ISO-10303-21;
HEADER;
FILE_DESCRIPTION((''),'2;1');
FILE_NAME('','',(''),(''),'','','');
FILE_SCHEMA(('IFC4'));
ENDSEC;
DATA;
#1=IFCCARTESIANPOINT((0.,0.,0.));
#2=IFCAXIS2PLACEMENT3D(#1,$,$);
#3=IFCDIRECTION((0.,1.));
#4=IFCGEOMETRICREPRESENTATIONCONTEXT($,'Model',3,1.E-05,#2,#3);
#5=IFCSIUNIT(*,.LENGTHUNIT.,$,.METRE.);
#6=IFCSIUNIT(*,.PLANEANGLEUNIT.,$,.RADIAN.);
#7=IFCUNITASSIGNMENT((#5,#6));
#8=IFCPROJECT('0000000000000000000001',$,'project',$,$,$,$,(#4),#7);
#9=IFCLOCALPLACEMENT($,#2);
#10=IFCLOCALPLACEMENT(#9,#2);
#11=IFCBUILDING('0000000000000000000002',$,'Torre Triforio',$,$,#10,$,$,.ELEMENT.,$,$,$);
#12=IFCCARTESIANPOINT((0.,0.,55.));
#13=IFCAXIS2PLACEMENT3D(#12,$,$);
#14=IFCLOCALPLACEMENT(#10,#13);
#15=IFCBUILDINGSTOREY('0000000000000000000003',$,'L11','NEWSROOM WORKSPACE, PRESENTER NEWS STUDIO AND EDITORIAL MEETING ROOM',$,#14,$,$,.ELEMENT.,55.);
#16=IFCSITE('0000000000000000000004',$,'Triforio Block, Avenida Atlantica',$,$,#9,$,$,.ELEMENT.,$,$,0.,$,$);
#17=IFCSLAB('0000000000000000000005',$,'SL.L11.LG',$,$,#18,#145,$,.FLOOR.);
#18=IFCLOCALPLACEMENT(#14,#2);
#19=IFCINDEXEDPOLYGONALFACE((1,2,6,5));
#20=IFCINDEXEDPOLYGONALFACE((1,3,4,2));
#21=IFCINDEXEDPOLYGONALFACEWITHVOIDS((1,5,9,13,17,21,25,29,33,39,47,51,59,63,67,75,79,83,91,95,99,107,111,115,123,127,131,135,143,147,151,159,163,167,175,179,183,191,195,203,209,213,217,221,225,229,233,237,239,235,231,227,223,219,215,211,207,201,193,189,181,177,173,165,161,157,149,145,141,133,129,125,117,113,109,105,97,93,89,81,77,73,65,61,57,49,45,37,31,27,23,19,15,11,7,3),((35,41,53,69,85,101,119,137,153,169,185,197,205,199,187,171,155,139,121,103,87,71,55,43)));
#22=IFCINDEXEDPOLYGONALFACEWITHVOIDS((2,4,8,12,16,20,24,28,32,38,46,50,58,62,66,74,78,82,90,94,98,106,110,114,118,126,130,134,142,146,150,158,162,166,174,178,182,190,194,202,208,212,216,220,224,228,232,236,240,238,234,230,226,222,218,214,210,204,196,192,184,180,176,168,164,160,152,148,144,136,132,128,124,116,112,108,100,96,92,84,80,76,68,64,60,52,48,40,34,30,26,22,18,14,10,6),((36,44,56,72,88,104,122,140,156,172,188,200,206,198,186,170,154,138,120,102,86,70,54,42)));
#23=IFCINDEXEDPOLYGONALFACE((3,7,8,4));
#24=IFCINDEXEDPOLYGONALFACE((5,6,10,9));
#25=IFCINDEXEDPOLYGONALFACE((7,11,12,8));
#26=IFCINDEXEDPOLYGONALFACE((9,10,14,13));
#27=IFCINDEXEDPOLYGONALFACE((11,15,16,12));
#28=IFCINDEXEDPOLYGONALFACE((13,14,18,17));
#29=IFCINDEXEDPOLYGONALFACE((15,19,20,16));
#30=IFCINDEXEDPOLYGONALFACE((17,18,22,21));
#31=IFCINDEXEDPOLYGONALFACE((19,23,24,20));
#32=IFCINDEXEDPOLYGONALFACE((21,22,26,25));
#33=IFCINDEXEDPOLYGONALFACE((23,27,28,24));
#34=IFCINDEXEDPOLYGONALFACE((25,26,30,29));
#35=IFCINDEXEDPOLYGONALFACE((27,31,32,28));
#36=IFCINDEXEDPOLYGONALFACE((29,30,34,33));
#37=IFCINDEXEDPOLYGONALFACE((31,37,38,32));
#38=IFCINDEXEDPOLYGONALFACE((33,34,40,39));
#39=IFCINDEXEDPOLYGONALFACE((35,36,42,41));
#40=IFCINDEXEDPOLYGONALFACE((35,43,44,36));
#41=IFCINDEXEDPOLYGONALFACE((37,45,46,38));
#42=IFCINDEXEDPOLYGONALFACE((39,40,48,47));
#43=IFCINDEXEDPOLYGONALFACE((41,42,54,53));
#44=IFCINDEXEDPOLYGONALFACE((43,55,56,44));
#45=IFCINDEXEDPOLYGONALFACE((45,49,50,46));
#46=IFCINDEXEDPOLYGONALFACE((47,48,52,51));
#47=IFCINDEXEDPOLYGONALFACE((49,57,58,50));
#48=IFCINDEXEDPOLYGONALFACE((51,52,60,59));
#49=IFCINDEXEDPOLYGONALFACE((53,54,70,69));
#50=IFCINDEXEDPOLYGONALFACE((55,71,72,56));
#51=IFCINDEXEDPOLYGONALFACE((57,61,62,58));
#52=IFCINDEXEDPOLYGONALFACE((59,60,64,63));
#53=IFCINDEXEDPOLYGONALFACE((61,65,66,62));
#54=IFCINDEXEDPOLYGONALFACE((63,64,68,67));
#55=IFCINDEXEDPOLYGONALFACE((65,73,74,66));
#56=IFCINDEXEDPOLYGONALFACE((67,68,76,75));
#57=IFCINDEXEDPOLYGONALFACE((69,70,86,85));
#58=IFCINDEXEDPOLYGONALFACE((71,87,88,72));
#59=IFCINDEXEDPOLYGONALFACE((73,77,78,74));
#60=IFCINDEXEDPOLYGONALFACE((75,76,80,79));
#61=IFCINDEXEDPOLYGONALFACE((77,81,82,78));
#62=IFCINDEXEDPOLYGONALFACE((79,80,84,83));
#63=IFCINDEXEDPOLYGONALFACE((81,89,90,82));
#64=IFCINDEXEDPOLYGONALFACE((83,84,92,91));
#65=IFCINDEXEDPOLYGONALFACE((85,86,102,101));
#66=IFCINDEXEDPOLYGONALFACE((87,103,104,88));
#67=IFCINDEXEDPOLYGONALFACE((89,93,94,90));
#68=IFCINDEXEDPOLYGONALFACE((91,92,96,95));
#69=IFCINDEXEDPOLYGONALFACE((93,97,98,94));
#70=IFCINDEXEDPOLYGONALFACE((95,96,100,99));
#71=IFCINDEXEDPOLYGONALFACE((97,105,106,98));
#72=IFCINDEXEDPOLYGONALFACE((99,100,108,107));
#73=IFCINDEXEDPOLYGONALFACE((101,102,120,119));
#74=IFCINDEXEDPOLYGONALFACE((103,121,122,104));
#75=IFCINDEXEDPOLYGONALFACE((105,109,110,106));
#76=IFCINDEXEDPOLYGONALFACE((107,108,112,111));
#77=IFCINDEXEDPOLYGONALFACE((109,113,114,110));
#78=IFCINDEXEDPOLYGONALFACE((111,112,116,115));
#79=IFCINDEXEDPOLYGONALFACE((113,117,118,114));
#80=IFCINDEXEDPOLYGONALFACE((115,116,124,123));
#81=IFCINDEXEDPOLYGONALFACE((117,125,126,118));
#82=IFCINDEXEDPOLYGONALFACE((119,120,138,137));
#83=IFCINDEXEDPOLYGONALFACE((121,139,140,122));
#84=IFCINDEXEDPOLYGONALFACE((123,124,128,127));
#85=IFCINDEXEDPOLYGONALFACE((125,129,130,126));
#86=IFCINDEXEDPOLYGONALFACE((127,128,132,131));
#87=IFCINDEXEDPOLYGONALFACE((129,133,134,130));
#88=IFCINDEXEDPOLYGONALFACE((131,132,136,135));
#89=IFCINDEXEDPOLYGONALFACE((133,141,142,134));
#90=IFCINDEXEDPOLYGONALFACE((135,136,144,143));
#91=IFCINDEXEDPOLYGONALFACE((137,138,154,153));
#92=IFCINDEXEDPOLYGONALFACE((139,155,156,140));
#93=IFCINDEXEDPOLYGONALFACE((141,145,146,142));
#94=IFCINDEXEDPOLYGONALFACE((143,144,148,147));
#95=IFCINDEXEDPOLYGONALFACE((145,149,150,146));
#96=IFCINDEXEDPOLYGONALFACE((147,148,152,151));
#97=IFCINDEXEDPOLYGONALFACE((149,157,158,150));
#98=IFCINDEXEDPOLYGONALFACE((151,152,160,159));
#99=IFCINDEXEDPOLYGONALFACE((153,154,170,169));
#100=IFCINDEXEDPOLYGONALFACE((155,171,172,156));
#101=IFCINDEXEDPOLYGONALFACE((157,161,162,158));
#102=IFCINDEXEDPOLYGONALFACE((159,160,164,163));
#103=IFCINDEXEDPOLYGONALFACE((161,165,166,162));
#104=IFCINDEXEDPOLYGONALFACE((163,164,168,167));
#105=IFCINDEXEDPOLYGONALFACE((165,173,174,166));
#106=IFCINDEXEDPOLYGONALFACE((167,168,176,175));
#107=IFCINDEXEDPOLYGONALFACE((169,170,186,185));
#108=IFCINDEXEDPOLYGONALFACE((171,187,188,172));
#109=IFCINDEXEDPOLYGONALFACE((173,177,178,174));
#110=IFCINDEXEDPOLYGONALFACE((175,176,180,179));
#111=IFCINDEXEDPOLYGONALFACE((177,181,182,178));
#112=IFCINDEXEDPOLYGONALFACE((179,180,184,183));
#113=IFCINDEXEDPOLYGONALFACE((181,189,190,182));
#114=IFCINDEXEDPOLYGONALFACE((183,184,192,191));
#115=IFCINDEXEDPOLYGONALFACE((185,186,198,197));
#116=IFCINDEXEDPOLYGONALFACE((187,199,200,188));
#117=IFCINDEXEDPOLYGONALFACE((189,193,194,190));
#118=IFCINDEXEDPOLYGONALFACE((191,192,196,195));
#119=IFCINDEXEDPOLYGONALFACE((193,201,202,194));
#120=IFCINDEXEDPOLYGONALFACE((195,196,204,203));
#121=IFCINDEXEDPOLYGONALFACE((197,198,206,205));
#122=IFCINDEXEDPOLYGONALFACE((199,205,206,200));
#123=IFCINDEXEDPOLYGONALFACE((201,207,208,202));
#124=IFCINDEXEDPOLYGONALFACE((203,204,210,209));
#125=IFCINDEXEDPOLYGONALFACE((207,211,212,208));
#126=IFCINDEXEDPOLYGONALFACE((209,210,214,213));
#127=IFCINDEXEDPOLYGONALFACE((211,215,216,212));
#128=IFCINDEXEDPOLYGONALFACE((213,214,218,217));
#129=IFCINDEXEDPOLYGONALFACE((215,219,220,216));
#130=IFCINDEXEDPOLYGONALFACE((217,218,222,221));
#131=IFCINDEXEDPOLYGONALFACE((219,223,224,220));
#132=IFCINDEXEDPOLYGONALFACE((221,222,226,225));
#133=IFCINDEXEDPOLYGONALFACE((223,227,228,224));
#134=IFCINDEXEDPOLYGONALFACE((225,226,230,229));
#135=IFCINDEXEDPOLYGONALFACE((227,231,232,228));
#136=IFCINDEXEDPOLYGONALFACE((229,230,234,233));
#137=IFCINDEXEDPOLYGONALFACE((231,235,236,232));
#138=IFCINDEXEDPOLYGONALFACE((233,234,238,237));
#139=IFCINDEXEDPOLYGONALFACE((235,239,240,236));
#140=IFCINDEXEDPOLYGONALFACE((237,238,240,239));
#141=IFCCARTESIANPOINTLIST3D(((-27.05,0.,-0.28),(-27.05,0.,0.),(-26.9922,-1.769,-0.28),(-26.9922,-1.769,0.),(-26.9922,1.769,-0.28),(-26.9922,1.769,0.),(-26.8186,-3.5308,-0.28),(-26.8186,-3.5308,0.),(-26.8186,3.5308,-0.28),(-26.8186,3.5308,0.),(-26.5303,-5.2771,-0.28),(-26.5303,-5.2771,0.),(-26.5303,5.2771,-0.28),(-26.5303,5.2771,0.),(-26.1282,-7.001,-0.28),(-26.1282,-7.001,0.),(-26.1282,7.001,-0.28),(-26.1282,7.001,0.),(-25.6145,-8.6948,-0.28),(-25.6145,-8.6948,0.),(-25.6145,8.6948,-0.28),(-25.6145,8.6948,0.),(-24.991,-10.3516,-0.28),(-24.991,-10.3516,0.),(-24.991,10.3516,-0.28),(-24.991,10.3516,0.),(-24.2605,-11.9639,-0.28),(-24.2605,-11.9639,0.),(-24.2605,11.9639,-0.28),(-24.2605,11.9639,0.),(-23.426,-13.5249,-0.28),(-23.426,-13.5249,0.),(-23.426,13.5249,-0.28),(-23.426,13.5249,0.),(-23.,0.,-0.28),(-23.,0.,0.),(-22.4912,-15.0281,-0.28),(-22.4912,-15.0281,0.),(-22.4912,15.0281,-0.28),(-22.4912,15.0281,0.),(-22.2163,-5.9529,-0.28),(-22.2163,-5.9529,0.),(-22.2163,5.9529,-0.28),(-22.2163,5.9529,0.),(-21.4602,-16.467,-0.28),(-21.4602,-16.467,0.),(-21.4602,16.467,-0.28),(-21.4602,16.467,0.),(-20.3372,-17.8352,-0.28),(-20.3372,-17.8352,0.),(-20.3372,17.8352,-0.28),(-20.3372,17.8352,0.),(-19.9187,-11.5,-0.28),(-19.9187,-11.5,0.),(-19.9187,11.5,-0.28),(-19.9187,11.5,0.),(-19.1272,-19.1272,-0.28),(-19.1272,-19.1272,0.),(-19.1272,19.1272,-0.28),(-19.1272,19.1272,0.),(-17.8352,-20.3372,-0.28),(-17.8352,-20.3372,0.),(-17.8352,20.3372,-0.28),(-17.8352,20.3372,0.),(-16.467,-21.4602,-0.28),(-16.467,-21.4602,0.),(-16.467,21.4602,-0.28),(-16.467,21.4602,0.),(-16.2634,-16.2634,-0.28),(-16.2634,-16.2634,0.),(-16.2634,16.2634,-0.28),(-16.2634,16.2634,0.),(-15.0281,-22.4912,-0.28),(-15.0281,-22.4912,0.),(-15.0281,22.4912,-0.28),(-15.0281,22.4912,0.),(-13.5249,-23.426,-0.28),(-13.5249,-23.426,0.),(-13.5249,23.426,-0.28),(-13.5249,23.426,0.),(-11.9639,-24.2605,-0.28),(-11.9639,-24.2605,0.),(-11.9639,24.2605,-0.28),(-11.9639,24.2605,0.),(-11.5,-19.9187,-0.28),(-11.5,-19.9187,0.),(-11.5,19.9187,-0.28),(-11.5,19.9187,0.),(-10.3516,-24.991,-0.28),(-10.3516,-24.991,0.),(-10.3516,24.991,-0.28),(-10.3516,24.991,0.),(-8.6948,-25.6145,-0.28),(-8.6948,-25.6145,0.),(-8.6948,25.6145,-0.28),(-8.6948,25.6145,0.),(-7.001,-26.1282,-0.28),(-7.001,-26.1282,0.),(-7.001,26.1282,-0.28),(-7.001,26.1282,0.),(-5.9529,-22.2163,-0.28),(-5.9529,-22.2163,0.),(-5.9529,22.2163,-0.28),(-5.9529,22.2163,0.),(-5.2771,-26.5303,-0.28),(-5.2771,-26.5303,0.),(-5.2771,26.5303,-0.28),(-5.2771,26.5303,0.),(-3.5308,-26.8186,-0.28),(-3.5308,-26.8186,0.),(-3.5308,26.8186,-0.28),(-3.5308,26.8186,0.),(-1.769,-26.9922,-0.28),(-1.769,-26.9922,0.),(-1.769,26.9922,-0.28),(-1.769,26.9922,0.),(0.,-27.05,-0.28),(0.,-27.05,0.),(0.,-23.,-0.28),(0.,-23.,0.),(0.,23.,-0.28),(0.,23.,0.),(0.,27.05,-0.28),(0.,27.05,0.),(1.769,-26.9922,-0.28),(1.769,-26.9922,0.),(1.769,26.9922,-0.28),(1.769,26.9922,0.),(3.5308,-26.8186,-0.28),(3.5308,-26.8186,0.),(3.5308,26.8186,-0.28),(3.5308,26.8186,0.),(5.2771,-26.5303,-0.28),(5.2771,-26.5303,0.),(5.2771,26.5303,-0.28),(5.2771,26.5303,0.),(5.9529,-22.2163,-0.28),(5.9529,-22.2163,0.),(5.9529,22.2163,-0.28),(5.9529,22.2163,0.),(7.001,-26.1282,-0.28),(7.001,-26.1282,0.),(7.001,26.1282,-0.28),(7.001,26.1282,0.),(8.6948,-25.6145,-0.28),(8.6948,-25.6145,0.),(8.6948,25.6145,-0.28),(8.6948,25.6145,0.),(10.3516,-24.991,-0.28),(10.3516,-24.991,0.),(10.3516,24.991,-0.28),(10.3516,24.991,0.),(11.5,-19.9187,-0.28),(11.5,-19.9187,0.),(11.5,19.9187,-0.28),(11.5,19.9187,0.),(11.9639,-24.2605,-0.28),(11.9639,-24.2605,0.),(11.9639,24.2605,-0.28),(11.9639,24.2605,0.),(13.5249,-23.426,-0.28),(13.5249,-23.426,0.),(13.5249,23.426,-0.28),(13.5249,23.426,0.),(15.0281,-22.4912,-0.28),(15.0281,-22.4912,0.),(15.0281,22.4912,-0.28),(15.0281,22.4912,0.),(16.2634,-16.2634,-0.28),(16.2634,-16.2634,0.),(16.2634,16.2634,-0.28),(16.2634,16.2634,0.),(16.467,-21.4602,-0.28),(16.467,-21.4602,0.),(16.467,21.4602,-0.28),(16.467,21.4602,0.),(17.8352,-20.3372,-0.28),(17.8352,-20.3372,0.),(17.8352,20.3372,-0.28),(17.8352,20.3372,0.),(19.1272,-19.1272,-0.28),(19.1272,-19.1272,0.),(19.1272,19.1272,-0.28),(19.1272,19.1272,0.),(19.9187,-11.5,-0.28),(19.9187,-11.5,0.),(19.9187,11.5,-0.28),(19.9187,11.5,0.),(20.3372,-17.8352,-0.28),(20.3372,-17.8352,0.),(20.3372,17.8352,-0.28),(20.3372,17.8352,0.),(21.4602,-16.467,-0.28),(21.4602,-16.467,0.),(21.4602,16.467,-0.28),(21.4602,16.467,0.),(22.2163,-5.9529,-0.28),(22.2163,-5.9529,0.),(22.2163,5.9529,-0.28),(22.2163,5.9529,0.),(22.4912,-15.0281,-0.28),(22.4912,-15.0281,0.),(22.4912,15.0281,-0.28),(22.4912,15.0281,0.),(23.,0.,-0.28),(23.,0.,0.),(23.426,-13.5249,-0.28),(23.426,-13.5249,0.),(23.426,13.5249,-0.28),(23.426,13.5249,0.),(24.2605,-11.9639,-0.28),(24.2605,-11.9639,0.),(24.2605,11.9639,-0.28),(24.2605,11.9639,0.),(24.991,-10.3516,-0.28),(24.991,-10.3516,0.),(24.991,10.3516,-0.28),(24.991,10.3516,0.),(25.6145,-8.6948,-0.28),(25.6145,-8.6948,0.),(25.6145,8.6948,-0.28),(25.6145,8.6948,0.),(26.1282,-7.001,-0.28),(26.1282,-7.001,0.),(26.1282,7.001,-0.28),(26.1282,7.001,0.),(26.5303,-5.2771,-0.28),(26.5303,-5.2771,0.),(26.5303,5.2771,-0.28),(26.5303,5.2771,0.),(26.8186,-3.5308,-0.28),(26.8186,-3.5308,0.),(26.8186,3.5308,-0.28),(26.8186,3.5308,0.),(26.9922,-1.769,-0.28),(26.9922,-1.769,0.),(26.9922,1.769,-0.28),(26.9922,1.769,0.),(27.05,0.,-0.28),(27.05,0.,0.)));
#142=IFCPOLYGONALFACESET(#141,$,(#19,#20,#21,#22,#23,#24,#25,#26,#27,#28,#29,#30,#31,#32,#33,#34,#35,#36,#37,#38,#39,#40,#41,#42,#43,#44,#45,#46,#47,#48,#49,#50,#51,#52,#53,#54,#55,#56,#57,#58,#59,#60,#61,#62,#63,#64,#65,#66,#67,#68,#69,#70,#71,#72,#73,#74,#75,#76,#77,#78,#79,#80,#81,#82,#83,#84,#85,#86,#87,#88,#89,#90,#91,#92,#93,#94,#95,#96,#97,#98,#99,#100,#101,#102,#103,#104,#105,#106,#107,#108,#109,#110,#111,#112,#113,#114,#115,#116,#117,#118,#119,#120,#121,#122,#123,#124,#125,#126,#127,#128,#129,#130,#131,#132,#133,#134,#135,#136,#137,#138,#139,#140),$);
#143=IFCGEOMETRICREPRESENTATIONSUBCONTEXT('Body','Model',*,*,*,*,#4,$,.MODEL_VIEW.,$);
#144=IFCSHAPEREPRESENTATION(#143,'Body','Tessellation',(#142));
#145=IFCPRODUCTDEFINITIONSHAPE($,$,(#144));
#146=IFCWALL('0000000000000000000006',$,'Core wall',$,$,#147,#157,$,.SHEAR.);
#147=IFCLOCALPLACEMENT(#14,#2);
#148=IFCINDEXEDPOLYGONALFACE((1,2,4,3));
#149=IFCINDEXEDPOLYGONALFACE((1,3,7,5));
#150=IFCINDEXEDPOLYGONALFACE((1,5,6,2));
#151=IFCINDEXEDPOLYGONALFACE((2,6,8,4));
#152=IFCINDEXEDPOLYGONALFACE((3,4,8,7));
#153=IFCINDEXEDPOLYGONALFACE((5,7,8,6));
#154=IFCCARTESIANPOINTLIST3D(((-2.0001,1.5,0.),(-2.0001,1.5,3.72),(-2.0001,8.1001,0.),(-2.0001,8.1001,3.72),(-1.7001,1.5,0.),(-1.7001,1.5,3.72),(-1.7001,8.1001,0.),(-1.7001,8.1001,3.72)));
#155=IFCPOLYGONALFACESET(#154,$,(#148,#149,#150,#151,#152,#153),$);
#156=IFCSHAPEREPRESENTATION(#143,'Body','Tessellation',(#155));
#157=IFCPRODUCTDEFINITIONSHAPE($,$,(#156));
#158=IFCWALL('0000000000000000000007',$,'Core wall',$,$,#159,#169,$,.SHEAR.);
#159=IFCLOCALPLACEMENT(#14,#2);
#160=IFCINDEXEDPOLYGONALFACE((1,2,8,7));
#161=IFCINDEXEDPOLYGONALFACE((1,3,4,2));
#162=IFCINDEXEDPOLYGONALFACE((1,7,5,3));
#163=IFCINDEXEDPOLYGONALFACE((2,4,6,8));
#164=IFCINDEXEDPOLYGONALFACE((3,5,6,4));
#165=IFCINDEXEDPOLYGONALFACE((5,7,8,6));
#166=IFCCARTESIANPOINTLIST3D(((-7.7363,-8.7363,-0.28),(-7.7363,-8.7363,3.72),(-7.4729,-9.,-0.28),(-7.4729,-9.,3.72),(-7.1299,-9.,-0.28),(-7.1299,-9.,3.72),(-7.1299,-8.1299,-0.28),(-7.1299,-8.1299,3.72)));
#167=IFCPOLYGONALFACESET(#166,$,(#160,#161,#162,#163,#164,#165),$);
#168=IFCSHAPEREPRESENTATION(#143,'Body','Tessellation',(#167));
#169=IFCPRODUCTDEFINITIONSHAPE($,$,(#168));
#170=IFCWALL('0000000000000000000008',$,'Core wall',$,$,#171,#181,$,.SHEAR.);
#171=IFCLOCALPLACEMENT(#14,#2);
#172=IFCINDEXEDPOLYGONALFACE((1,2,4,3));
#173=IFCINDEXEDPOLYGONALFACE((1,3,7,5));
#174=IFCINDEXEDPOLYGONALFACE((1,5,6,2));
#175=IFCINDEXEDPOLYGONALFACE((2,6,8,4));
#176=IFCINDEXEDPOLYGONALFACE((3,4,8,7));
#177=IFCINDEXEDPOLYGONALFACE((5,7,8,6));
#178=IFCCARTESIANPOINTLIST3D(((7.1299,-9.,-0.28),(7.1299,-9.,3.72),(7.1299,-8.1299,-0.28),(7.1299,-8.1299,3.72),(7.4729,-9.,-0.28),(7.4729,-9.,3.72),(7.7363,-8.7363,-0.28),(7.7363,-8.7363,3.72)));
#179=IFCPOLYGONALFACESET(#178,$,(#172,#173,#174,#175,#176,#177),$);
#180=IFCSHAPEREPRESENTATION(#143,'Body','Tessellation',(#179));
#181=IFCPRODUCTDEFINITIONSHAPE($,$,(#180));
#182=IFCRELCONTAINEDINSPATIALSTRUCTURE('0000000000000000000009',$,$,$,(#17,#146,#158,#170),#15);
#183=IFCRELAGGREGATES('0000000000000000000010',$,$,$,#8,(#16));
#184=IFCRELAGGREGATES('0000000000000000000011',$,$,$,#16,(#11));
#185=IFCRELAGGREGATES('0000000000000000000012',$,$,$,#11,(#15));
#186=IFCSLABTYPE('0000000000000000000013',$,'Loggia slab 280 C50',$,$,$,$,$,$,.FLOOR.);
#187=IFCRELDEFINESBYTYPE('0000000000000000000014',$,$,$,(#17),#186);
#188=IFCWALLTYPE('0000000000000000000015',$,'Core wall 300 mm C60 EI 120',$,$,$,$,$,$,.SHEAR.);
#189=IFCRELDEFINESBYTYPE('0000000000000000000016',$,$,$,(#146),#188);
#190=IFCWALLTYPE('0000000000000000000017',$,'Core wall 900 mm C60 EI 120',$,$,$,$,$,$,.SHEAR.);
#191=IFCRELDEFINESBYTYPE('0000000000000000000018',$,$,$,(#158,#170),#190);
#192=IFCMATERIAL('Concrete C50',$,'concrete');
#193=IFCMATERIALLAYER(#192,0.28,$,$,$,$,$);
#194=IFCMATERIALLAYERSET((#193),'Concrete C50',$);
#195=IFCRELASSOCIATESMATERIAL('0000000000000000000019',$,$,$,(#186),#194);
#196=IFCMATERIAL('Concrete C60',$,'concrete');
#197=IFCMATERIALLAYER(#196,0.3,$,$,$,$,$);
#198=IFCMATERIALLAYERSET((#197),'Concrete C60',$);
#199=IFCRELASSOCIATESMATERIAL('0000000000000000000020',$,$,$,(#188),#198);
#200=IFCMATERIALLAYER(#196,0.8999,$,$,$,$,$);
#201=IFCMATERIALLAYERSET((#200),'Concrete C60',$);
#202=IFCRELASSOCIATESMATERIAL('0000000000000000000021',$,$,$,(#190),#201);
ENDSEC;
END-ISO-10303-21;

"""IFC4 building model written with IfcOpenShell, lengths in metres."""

from ifc_helpers import new_model, si_unit, direction, frame, frame_2d, origin, place, context, subcontext, project, spatial, polyline, rectangle, outline, extrude, material, layer, layer_set, type_object, element, save


model = new_model("IFC4")

# Units and contexts
model_context = context("Model", 3, precision=1e-05, world=origin(), true_north=direction((0.0, 1.0)))
body_context = subcontext(model_context, "Body", "Model", "MODEL_VIEW")
ifc_project = project(units=[si_unit("LENGTHUNIT", "METRE"), si_unit("PLANEANGLEUNIT", "RADIAN")], contexts=[model_context])

# Site, building, storey
site_placement = place(None, origin())
site = spatial("IfcSite", under=ifc_project, at=site_placement, Name="Triforio Block, Avenida Atlantica", CompositionType="ELEMENT", RefElevation=0.0)
building_placement = place(site_placement, origin())
building = spatial("IfcBuilding", under=site, at=building_placement, Name="Torre Triforio", CompositionType="ELEMENT")
storey_placement = place(building_placement, frame((0.0, 0.0, 55.0)))
storey = spatial("IfcBuildingStorey", under=building, at=storey_placement, Name="L11", Description="NEWSROOM WORKSPACE, PRESENTER NEWS STUDIO AND EDITORIAL MEETING ROOM", CompositionType="ELEMENT", Elevation=55.0)

# Slab
ifc_material_1 = material(Name="Concrete C50", Category="concrete")
ifc_layer_1 = layer(ifc_material_1, 0.28)
ifc_layer_set_1 = layer_set([ifc_layer_1], Name="Concrete C50")
slab_type_1 = type_object("IfcSlabType", Name="Loggia slab 280 C50", PredefinedType="FLOOR", material=ifc_layer_set_1)
slab_1_placement = place(storey_placement, frame((0.0, 0.0, -0.28)))
element("IfcSlab", 1, at=slab_1_placement, inside=storey, type_object=slab_type_1, Name="SL.L11.LG", PredefinedType="FLOOR", context=body_context, shape_type="SweptSolid", body=[
    extrude(outline(polyline([(26.9922, -1.769), (27.05, 0.0), (26.9922, 1.769), (26.8186, 3.5308), (26.5303, 5.2771), (26.1282, 7.001), (25.6145, 8.6948), (24.991, 10.3516), (24.2605, 11.9639), (23.426, 13.5249), (22.4912, 15.0281), (21.4602, 16.467), (20.3372, 17.8352), (19.1272, 19.1272), (17.8352, 20.3372), (16.467, 21.4602), (15.0281, 22.4912), (13.5249, 23.426), (11.9639, 24.2605), (10.3516, 24.991), (8.6948, 25.6145), (7.001, 26.1282), (5.2771, 26.5303), (3.5308, 26.8186), (1.769, 26.9922), (0.0, 27.05), (-1.769, 26.9922), (-3.5308, 26.8186), (-5.2771, 26.5303), (-7.001, 26.1282), (-8.6948, 25.6145), (-10.3516, 24.991), (-11.9639, 24.2605), (-13.5249, 23.426), (-15.0281, 22.4912), (-16.467, 21.4602), (-17.8352, 20.3372), (-19.1272, 19.1272), (-20.3372, 17.8352), (-21.4602, 16.467), (-22.4912, 15.0281), (-23.426, 13.5249), (-24.2605, 11.9639), (-24.991, 10.3516), (-25.6145, 8.6948), (-26.1282, 7.001), (-26.5303, 5.2771), (-26.8186, 3.5308), (-26.9922, 1.769), (-27.05, 0.0), (-26.9922, -1.769), (-26.8186, -3.5308), (-26.5303, -5.2771), (-26.1282, -7.001), (-25.6145, -8.6948), (-24.991, -10.3516), (-24.2605, -11.9639), (-23.426, -13.5249), (-22.4912, -15.0281), (-21.4602, -16.467), (-20.3372, -17.8352), (-19.1272, -19.1272), (-17.8352, -20.3372), (-16.467, -21.4602), (-15.0281, -22.4912), (-13.5249, -23.426), (-11.9639, -24.2605), (-10.3516, -24.991), (-8.6948, -25.6145), (-7.001, -26.1282), (-5.2771, -26.5303), (-3.5308, -26.8186), (-1.769, -26.9922), (0.0, -27.05), (1.769, -26.9922), (3.5308, -26.8186), (5.2771, -26.5303), (7.001, -26.1282), (8.6948, -25.6145), (10.3516, -24.991), (11.9639, -24.2605), (13.5249, -23.426), (15.0281, -22.4912), (16.467, -21.4602), (17.8352, -20.3372), (19.1272, -19.1272), (20.3372, -17.8352), (21.4602, -16.467), (22.4912, -15.0281), (23.426, -13.5249), (24.2605, -11.9639), (24.991, -10.3516), (25.6145, -8.6948), (26.1282, -7.001), (26.5303, -5.2771), (26.8186, -3.5308), (26.9922, -1.769)]), holes=[polyline([(22.2163, 5.9529), (23.0, 0.0), (22.2163, -5.9529), (19.9187, -11.5), (16.2634, -16.2634), (11.5, -19.9187), (5.9529, -22.2163), (0.0, -23.0), (-5.9529, -22.2163), (-11.5, -19.9187), (-16.2634, -16.2634), (-19.9187, -11.5), (-22.2163, -5.9529), (-23.0, 0.0), (-22.2163, 5.9529), (-19.9187, 11.5), (-16.2634, 16.2634), (-11.5, 19.9187), (-5.9529, 22.2163), (0.0, 23.0), (5.9529, 22.2163), (11.5, 19.9187), (16.2634, 16.2634), (19.9187, 11.5), (22.2163, 5.9529)])]), origin(), (0.0, 0.0, 1.0), 0.28),
])

# Walls
ifc_material_2 = material(Name="Concrete C60", Category="concrete")
ifc_layer_2 = layer(ifc_material_2, 0.3)
ifc_layer_set_2 = layer_set([ifc_layer_2], Name="Concrete C60")
wall_type_1 = type_object("IfcWallType", Name="Core wall 300 mm C60 EI 120", PredefinedType="SHEAR", material=ifc_layer_set_2)
wall_1_placement = place(storey_placement, frame((-1.8501, 1.5, 0.0), z_axis=(0.0, 0.0, 1.0), x_axis=(0.0, 1.0, 0.0)))
element("IfcWall", 2, at=wall_1_placement, inside=storey, type_object=wall_type_1, Name="Core wall", PredefinedType="SHEAR", context=body_context, shape_type="SweptSolid", body=[
    extrude(rectangle(XDim=6.6001, YDim=0.3, at=frame_2d((3.3, 0.0))), origin(), (0.0, 0.0, 1.0), 3.72),
])
ifc_layer_3 = layer(ifc_material_2, 0.8999)
ifc_layer_set_3 = layer_set([ifc_layer_3], Name="Concrete C60")
wall_type_2 = type_object("IfcWallType", Name="Core wall 900 mm C60 EI 120", PredefinedType="SHEAR", material=ifc_layer_set_3)
wall_2_placement = place(storey_placement, frame((0.0, 0.0, -0.28)))
element("IfcWall", 3, at=wall_2_placement, inside=storey, type_object=wall_type_2, Name="Core wall", PredefinedType="SHEAR", context=body_context, shape_type="SweptSolid", body=[
    extrude(outline(polyline([(-7.4729, -9.0), (-7.7363, -8.7363), (-7.1299, -8.1299), (-7.1299, -9.0), (-7.4729, -9.0)])), origin(), (0.0, 0.0, 1.0), 4.0),
])
wall_3_placement = place(storey_placement, frame((0.0, 0.0, -0.28)))
element("IfcWall", 4, at=wall_3_placement, inside=storey, type_object=wall_type_2, Name="Core wall", PredefinedType="SHEAR", context=body_context, shape_type="SweptSolid", body=[
    extrude(outline(polyline([(7.4729, -9.0), (7.1299, -9.0), (7.1299, -8.1299), (7.7363, -8.7363), (7.4729, -9.0)])), origin(), (0.0, 0.0, 1.0), 4.0),
])

save(model, "model.ifc")
